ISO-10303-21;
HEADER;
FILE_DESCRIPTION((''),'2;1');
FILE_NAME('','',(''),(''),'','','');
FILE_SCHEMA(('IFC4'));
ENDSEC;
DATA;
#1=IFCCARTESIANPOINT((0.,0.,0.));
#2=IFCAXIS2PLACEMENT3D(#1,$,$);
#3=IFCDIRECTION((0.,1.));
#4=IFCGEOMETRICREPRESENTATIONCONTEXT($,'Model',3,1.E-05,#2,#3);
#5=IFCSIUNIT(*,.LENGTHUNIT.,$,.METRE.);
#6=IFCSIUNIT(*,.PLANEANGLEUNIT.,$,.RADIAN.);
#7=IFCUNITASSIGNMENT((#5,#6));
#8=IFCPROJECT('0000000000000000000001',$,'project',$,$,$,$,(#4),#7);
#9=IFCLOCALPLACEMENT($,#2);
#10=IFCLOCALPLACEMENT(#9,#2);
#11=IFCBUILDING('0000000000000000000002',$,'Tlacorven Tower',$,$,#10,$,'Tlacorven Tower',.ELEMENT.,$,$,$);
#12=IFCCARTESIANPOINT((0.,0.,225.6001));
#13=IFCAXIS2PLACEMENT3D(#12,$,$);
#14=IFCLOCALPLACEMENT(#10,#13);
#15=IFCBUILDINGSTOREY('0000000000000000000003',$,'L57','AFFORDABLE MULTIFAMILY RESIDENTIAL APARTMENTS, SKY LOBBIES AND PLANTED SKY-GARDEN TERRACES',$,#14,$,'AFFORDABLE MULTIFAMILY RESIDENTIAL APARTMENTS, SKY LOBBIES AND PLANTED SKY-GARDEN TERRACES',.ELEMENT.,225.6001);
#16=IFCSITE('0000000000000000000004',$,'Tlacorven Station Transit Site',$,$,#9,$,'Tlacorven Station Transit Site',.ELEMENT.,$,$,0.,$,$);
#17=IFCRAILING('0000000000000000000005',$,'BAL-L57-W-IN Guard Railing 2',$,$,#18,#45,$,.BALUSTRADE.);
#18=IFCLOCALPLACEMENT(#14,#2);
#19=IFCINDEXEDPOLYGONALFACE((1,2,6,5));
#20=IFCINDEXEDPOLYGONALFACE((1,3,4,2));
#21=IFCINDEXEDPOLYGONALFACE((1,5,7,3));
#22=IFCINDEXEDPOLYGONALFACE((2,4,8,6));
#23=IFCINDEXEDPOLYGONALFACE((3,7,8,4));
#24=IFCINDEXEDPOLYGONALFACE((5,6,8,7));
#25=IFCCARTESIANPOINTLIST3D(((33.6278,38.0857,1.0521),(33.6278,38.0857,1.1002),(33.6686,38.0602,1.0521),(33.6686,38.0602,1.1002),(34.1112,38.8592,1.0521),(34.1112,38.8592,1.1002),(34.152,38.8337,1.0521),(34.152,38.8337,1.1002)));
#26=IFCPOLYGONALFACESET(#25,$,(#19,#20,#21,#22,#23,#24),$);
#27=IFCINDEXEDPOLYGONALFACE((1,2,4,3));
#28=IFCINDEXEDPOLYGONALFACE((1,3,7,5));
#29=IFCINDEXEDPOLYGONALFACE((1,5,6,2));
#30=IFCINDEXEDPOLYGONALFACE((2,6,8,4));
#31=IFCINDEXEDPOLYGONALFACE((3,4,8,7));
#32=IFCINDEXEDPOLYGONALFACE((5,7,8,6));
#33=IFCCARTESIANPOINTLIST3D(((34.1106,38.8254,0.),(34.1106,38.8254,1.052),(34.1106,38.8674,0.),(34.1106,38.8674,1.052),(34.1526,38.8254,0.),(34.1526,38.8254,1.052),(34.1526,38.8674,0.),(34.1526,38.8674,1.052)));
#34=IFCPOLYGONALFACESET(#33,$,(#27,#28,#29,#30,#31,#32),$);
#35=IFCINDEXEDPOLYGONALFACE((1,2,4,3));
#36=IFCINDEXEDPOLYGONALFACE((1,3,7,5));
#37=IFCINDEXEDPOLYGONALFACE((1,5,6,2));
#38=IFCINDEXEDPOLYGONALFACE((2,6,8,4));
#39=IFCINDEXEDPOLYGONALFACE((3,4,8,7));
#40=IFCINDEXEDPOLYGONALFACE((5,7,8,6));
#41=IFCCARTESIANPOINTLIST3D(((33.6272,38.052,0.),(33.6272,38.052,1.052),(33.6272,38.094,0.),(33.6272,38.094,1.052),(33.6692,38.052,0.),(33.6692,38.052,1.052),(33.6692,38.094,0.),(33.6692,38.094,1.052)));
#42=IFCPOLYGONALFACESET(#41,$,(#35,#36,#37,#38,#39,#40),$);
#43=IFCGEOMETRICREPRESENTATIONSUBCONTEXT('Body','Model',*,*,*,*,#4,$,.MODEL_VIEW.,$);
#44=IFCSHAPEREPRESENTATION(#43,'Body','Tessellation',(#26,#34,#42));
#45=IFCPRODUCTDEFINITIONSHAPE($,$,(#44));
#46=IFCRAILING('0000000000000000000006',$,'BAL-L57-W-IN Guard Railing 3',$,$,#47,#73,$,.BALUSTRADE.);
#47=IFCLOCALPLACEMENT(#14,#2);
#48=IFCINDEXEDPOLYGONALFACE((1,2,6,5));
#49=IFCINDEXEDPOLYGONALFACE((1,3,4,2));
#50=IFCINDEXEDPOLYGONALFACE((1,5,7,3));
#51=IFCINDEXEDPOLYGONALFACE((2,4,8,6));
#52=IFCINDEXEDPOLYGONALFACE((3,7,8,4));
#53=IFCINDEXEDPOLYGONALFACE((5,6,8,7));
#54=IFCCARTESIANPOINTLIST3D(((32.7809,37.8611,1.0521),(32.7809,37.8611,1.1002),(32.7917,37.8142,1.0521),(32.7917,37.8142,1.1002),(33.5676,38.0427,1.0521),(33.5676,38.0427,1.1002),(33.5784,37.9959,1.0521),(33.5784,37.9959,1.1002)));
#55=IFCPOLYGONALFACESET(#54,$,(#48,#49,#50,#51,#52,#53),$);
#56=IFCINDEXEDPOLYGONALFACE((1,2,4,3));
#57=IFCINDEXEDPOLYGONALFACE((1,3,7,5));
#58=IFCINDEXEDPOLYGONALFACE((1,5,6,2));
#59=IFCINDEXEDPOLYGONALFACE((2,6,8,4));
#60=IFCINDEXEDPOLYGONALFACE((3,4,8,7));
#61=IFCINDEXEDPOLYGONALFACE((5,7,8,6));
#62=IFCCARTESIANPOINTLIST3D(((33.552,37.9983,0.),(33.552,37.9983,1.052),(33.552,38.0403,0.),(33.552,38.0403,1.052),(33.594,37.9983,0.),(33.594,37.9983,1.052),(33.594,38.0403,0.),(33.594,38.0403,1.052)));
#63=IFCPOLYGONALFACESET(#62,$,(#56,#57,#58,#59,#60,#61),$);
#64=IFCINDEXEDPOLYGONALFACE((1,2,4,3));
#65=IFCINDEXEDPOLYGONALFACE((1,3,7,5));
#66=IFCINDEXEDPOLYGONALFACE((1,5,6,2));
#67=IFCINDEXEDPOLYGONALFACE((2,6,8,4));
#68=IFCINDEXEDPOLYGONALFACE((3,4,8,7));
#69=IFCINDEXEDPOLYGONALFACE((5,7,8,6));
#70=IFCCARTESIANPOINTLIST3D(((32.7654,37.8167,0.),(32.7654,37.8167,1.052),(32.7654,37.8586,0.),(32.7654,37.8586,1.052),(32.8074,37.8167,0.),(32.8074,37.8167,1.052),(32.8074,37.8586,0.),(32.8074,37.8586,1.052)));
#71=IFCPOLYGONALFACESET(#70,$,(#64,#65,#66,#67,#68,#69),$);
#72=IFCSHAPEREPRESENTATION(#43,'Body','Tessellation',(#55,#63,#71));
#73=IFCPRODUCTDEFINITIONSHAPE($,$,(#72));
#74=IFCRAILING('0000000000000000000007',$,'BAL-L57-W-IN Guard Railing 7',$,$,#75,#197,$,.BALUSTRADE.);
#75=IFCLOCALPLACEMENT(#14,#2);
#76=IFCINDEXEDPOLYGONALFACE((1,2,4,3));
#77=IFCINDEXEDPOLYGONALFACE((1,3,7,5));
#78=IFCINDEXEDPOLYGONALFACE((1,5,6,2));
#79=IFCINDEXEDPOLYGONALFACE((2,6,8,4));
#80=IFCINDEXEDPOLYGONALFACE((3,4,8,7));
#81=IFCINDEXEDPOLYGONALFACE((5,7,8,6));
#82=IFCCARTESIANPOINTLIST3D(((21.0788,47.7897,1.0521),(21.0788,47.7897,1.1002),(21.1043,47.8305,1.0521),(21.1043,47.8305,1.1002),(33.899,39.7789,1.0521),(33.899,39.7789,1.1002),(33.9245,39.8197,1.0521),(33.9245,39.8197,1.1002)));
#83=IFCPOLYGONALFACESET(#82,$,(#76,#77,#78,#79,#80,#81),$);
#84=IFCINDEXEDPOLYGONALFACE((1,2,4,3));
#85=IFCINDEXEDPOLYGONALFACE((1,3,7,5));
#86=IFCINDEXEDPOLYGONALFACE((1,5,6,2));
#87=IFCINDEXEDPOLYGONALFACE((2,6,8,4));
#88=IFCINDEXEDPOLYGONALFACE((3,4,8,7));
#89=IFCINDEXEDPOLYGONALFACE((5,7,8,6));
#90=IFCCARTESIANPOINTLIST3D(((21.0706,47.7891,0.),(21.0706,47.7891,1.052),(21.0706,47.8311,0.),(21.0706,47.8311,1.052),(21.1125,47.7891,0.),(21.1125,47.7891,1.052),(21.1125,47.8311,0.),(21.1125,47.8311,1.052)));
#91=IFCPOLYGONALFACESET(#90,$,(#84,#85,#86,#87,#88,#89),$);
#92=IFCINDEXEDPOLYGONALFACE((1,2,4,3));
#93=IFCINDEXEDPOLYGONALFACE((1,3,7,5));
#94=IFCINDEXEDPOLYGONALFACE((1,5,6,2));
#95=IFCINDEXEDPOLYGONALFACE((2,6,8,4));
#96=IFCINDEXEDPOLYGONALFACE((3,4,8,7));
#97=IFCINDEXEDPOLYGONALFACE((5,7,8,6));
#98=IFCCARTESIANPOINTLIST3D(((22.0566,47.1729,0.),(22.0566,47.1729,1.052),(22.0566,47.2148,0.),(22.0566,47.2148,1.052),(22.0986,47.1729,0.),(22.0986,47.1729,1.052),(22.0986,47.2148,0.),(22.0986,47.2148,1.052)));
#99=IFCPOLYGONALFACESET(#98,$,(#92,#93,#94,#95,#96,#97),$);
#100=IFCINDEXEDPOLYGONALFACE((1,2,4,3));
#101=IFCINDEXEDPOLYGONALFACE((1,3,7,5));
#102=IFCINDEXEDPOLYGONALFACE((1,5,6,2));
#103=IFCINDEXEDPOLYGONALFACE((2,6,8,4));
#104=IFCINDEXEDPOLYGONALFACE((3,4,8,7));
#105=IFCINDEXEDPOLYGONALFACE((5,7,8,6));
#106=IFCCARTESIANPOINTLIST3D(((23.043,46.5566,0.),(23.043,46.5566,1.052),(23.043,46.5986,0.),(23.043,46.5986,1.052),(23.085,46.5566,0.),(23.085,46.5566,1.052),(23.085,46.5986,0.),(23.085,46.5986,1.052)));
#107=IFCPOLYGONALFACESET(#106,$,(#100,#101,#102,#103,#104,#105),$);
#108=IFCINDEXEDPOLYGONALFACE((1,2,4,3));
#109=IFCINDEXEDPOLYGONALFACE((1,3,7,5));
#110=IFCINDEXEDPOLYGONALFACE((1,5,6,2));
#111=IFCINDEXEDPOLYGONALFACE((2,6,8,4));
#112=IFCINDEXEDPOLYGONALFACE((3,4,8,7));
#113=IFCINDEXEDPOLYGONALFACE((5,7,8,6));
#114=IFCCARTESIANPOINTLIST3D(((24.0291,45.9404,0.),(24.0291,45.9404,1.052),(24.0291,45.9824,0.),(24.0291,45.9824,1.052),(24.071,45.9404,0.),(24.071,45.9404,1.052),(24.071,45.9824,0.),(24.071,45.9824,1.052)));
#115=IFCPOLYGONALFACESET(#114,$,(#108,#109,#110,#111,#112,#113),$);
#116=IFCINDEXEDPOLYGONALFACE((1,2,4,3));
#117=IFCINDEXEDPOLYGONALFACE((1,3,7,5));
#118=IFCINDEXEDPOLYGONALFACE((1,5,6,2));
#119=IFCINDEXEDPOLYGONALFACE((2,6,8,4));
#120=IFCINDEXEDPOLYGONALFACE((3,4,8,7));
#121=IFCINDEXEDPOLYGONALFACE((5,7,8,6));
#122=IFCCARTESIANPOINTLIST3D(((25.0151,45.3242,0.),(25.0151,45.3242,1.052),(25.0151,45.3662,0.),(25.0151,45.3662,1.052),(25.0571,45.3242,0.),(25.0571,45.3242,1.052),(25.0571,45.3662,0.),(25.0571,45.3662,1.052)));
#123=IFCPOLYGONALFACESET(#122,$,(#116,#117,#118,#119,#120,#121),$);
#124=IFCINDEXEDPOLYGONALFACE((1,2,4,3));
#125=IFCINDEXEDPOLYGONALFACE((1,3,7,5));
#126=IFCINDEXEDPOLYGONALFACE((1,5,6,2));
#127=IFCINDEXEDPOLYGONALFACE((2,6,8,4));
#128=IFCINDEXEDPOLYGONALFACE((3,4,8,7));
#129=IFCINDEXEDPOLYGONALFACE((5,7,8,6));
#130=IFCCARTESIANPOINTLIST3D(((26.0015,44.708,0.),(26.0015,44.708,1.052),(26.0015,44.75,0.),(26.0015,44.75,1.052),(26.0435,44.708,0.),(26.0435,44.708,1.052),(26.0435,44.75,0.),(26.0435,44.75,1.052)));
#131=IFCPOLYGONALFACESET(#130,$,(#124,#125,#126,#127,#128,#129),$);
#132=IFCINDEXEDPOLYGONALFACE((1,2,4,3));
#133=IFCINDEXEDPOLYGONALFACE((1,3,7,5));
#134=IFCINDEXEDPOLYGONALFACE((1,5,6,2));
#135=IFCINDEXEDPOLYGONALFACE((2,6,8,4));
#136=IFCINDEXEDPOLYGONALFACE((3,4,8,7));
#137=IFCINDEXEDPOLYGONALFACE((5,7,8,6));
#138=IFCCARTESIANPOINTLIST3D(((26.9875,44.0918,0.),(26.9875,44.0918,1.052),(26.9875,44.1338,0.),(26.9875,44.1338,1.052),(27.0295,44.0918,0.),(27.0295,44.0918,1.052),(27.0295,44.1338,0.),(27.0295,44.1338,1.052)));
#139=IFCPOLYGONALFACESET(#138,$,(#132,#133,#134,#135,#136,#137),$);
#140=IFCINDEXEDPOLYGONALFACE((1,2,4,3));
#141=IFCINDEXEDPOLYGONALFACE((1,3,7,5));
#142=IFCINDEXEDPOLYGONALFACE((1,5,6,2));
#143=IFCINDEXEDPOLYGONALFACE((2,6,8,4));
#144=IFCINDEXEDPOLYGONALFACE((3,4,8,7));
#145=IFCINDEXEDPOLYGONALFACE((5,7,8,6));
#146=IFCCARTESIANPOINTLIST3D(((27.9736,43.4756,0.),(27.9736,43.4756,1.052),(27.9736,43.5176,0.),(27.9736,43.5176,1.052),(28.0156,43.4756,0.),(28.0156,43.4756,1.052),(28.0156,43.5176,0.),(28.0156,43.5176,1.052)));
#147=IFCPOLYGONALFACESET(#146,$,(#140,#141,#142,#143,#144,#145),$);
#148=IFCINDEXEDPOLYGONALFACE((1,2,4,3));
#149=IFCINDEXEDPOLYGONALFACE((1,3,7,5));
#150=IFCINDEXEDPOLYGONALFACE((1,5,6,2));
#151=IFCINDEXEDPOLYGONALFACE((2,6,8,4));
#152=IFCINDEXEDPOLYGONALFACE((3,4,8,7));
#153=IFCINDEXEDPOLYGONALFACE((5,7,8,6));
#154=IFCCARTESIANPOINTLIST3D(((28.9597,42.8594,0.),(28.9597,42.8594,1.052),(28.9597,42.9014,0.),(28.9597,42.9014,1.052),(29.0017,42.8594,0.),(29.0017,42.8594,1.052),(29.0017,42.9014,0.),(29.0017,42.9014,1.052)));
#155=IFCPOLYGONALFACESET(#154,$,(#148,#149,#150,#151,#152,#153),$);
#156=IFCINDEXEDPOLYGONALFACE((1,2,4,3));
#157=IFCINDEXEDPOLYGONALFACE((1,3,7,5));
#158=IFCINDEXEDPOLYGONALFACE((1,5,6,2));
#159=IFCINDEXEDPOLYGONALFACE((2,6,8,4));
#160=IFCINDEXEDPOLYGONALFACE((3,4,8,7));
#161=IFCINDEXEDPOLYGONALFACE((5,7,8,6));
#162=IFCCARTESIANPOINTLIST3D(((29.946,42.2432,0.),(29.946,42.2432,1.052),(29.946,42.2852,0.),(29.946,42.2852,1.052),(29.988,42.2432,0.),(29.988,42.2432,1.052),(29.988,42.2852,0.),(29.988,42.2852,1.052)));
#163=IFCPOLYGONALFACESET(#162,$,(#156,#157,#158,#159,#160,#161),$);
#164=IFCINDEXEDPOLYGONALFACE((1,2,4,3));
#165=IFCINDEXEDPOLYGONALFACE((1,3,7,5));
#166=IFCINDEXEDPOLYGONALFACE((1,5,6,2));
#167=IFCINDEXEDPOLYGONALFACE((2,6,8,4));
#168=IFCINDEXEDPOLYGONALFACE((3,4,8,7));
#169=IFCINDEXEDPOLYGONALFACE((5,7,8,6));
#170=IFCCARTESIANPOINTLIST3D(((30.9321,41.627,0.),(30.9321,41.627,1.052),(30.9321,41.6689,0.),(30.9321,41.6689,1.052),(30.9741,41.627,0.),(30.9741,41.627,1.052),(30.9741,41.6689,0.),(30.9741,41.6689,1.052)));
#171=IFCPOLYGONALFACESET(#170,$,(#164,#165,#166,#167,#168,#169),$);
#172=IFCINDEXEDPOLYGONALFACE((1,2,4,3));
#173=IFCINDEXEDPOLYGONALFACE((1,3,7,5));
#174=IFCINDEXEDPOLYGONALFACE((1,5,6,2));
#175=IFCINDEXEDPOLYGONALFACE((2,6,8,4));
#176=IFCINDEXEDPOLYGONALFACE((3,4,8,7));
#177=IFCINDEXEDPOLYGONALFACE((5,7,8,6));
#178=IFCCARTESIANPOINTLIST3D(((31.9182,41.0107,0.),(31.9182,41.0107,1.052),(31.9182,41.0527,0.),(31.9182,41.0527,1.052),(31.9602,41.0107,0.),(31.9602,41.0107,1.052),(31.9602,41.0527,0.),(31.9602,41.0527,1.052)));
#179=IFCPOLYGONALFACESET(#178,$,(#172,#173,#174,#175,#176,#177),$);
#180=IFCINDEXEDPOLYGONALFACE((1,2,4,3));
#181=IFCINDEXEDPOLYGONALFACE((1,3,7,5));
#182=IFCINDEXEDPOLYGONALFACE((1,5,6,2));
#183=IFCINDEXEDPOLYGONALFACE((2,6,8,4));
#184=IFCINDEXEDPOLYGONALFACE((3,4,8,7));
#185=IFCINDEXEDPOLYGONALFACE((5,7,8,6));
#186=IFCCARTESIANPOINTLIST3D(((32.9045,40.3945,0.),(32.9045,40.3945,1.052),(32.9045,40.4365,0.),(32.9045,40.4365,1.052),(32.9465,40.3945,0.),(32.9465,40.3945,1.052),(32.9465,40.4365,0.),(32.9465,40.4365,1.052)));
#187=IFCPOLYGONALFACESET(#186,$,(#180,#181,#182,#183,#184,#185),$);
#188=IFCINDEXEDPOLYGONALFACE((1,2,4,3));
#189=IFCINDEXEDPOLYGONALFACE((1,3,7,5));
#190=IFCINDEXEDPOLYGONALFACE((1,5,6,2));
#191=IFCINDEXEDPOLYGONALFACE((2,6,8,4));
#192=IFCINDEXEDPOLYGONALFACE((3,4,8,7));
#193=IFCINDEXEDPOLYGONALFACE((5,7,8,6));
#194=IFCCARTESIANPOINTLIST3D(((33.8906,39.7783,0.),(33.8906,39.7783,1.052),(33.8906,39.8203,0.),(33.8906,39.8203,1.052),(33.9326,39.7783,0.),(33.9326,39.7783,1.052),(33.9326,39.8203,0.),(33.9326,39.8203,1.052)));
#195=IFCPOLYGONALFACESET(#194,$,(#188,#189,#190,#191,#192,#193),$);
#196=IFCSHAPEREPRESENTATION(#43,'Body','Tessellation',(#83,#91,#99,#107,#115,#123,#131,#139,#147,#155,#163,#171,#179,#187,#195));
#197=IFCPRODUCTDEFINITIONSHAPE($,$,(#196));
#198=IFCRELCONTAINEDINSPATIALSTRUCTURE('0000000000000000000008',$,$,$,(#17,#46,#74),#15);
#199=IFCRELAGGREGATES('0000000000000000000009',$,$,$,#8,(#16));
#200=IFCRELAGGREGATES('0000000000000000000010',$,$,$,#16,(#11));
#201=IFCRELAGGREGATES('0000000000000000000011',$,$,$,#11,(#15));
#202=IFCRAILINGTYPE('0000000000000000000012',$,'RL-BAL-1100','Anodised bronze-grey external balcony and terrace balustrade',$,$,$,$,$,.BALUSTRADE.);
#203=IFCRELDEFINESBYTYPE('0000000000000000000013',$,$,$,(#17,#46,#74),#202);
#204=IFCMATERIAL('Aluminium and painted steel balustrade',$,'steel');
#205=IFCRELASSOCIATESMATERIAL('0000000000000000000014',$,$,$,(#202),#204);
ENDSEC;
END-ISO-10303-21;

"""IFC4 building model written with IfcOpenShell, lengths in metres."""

from ifc_helpers import new_model, si_unit, direction, frame, origin, origin_2d, place, context, subcontext, project, spatial, rectangle, extrude, source, transform, mapped, material, type_object, element, save


model = new_model("IFC4")

# Units and contexts
model_context = context("Model", 3, precision=1e-05, world=origin(), true_north=direction((0.0, 1.0)))
body_context = subcontext(model_context, "Body", "Model", "MODEL_VIEW")
ifc_project = project(units=[si_unit("LENGTHUNIT", "METRE"), si_unit("PLANEANGLEUNIT", "RADIAN")], contexts=[model_context])

# Site, building, storey
site_placement = place(None, origin())
site = spatial("IfcSite", under=ifc_project, at=site_placement, Name="Tlacorven Station Transit Site", LongName="Tlacorven Station Transit Site", CompositionType="ELEMENT", RefElevation=0.0)
building_placement = place(site_placement, origin())
building = spatial("IfcBuilding", under=site, at=building_placement, Name="Tlacorven Tower", LongName="Tlacorven Tower", CompositionType="ELEMENT")
storey_placement = place(building_placement, frame((0.0, 0.0, 225.6001)))
storey = spatial("IfcBuildingStorey", under=building, at=storey_placement, Name="L57", Description="AFFORDABLE MULTIFAMILY RESIDENTIAL APARTMENTS, SKY LOBBIES AND PLANTED SKY-GARDEN TERRACES", LongName="AFFORDABLE MULTIFAMILY RESIDENTIAL APARTMENTS, SKY LOBBIES AND PLANTED SKY-GARDEN TERRACES", CompositionType="ELEMENT", Elevation=225.6001)

# Railings
ifc_material_1 = material(Name="Aluminium and painted steel balustrade", Category="steel")
railing_type = type_object("IfcRailingType", Name="RL-BAL-1100", Description="Anodised bronze-grey external balcony and terrace balustrade", PredefinedType="BALUSTRADE", material=ifc_material_1)
shared_shape_1 = source(origin(), body_context, "Body", "SweptSolid", [
    extrude(rectangle(XDim=0.0481, YDim=0.0481, at=origin_2d()), frame((0.0, 0.0, 1.0762), z_axis=(-0.529999, -0.847998, 0.0), x_axis=(0.847998, -0.529999, 0.0)), (0.0, 0.0, 1.0), 0.9121),
    extrude(rectangle(XDim=0.042, YDim=0.042, at=origin_2d()), origin(), (0.0, 0.0, 1.0), 1.052),
    extrude(rectangle(XDim=0.042, YDim=0.042, at=origin_2d()), frame((-0.4834, -0.7734, 0.0)), (0.0, 0.0, 1.0), 1.052),
])
railing_1_placement = place(storey_placement, frame((34.1316, 38.8464, 0.0)))
element("IfcRailing", 1, at=railing_1_placement, inside=storey, type_object=railing_type, Name="BAL-L57-W-IN Guard Railing 2", PredefinedType="BALUSTRADE", context=body_context, shape_type="MappedRepresentation", body=[
    mapped(shared_shape_1, transform((0.0, 0.0, 0.0), scale=1.0)),
])
shared_shape_2 = source(origin(), body_context, "Body", "SweptSolid", [
    extrude(rectangle(XDim=0.0481, YDim=0.0481, at=origin_2d()), frame((0.0, 0.0, 1.0762), z_axis=(-0.974361, -0.224992, 0.0), x_axis=(0.224992, -0.974361, 0.0)), (0.0, 0.0, 1.0), 0.8074),
    extrude(rectangle(XDim=0.042, YDim=0.042, at=origin_2d()), origin(), (0.0, 0.0, 1.0), 1.052),
    extrude(rectangle(XDim=0.042, YDim=0.042, at=origin_2d()), frame((-0.7866, -0.1816, 0.0)), (0.0, 0.0, 1.0), 1.052),
])
railing_2_placement = place(storey_placement, frame((33.573, 38.0193, 0.0)))
element("IfcRailing", 2, at=railing_2_placement, inside=storey, type_object=railing_type, Name="BAL-L57-W-IN Guard Railing 3", PredefinedType="BALUSTRADE", context=body_context, shape_type="MappedRepresentation", body=[
    mapped(shared_shape_2, transform((0.0, 0.0, 0.0), scale=1.0)),
])
shared_shape_3 = source(origin(), body_context, "Body", "SweptSolid", [
    extrude(rectangle(XDim=0.0481, YDim=0.0481, at=origin_2d()), frame((0.0, 0.0, 1.0762), z_axis=(0.848052, -0.529913, 0.0), x_axis=(0.529913, 0.848052, 0.0)), (0.0, 0.0, 1.0), 15.1172),
    extrude(rectangle(XDim=0.042, YDim=0.042, at=origin_2d()), origin(), (0.0, 0.0, 1.0), 1.052),
    extrude(rectangle(XDim=0.042, YDim=0.042, at=origin_2d()), frame((0.9861, -0.6162, 0.0)), (0.0, 0.0, 1.0), 1.052),
    extrude(rectangle(XDim=0.042, YDim=0.042, at=origin_2d()), frame((1.9724, -1.2324, 0.0)), (0.0, 0.0, 1.0), 1.052),
    extrude(rectangle(XDim=0.042, YDim=0.042, at=origin_2d()), frame((2.9585, -1.8486, 0.0)), (0.0, 0.0, 1.0), 1.052),
    extrude(rectangle(XDim=0.042, YDim=0.042, at=origin_2d()), frame((3.9446, -2.4648, 0.0)), (0.0, 0.0, 1.0), 1.052),
    extrude(rectangle(XDim=0.042, YDim=0.042, at=origin_2d()), frame((4.9309, -3.0811, 0.0)), (0.0, 0.0, 1.0), 1.052),
    extrude(rectangle(XDim=0.042, YDim=0.042, at=origin_2d()), frame((5.917, -3.6973, 0.0)), (0.0, 0.0, 1.0), 1.052),
    extrude(rectangle(XDim=0.042, YDim=0.042, at=origin_2d()), frame((6.9031, -4.3135, 0.0)), (0.0, 0.0, 1.0), 1.052),
    extrude(rectangle(XDim=0.042, YDim=0.042, at=origin_2d()), frame((7.8892, -4.9297, 0.0)), (0.0, 0.0, 1.0), 1.052),
    extrude(rectangle(XDim=0.042, YDim=0.042, at=origin_2d()), frame((8.8755, -5.5459, 0.0)), (0.0, 0.0, 1.0), 1.052),
    extrude(rectangle(XDim=0.042, YDim=0.042, at=origin_2d()), frame((9.8616, -6.1621, 0.0)), (0.0, 0.0, 1.0), 1.052),
    extrude(rectangle(XDim=0.042, YDim=0.042, at=origin_2d()), frame((10.8477, -6.7783, 0.0)), (0.0, 0.0, 1.0), 1.052),
    extrude(rectangle(XDim=0.042, YDim=0.042, at=origin_2d()), frame((11.834, -7.3945, 0.0)), (0.0, 0.0, 1.0), 1.052),
    extrude(rectangle(XDim=0.042, YDim=0.042, at=origin_2d()), frame((12.8201, -8.0107, 0.0)), (0.0, 0.0, 1.0), 1.052),
])
railing_3_placement = place(storey_placement, frame((21.0916, 47.8101, 0.0)))
element("IfcRailing", 3, at=railing_3_placement, inside=storey, type_object=railing_type, Name="BAL-L57-W-IN Guard Railing 7", PredefinedType="BALUSTRADE", context=body_context, shape_type="MappedRepresentation", body=[
    mapped(shared_shape_3, transform((0.0, 0.0, 0.0), scale=1.0)),
])

save(model, "model.ifc")
